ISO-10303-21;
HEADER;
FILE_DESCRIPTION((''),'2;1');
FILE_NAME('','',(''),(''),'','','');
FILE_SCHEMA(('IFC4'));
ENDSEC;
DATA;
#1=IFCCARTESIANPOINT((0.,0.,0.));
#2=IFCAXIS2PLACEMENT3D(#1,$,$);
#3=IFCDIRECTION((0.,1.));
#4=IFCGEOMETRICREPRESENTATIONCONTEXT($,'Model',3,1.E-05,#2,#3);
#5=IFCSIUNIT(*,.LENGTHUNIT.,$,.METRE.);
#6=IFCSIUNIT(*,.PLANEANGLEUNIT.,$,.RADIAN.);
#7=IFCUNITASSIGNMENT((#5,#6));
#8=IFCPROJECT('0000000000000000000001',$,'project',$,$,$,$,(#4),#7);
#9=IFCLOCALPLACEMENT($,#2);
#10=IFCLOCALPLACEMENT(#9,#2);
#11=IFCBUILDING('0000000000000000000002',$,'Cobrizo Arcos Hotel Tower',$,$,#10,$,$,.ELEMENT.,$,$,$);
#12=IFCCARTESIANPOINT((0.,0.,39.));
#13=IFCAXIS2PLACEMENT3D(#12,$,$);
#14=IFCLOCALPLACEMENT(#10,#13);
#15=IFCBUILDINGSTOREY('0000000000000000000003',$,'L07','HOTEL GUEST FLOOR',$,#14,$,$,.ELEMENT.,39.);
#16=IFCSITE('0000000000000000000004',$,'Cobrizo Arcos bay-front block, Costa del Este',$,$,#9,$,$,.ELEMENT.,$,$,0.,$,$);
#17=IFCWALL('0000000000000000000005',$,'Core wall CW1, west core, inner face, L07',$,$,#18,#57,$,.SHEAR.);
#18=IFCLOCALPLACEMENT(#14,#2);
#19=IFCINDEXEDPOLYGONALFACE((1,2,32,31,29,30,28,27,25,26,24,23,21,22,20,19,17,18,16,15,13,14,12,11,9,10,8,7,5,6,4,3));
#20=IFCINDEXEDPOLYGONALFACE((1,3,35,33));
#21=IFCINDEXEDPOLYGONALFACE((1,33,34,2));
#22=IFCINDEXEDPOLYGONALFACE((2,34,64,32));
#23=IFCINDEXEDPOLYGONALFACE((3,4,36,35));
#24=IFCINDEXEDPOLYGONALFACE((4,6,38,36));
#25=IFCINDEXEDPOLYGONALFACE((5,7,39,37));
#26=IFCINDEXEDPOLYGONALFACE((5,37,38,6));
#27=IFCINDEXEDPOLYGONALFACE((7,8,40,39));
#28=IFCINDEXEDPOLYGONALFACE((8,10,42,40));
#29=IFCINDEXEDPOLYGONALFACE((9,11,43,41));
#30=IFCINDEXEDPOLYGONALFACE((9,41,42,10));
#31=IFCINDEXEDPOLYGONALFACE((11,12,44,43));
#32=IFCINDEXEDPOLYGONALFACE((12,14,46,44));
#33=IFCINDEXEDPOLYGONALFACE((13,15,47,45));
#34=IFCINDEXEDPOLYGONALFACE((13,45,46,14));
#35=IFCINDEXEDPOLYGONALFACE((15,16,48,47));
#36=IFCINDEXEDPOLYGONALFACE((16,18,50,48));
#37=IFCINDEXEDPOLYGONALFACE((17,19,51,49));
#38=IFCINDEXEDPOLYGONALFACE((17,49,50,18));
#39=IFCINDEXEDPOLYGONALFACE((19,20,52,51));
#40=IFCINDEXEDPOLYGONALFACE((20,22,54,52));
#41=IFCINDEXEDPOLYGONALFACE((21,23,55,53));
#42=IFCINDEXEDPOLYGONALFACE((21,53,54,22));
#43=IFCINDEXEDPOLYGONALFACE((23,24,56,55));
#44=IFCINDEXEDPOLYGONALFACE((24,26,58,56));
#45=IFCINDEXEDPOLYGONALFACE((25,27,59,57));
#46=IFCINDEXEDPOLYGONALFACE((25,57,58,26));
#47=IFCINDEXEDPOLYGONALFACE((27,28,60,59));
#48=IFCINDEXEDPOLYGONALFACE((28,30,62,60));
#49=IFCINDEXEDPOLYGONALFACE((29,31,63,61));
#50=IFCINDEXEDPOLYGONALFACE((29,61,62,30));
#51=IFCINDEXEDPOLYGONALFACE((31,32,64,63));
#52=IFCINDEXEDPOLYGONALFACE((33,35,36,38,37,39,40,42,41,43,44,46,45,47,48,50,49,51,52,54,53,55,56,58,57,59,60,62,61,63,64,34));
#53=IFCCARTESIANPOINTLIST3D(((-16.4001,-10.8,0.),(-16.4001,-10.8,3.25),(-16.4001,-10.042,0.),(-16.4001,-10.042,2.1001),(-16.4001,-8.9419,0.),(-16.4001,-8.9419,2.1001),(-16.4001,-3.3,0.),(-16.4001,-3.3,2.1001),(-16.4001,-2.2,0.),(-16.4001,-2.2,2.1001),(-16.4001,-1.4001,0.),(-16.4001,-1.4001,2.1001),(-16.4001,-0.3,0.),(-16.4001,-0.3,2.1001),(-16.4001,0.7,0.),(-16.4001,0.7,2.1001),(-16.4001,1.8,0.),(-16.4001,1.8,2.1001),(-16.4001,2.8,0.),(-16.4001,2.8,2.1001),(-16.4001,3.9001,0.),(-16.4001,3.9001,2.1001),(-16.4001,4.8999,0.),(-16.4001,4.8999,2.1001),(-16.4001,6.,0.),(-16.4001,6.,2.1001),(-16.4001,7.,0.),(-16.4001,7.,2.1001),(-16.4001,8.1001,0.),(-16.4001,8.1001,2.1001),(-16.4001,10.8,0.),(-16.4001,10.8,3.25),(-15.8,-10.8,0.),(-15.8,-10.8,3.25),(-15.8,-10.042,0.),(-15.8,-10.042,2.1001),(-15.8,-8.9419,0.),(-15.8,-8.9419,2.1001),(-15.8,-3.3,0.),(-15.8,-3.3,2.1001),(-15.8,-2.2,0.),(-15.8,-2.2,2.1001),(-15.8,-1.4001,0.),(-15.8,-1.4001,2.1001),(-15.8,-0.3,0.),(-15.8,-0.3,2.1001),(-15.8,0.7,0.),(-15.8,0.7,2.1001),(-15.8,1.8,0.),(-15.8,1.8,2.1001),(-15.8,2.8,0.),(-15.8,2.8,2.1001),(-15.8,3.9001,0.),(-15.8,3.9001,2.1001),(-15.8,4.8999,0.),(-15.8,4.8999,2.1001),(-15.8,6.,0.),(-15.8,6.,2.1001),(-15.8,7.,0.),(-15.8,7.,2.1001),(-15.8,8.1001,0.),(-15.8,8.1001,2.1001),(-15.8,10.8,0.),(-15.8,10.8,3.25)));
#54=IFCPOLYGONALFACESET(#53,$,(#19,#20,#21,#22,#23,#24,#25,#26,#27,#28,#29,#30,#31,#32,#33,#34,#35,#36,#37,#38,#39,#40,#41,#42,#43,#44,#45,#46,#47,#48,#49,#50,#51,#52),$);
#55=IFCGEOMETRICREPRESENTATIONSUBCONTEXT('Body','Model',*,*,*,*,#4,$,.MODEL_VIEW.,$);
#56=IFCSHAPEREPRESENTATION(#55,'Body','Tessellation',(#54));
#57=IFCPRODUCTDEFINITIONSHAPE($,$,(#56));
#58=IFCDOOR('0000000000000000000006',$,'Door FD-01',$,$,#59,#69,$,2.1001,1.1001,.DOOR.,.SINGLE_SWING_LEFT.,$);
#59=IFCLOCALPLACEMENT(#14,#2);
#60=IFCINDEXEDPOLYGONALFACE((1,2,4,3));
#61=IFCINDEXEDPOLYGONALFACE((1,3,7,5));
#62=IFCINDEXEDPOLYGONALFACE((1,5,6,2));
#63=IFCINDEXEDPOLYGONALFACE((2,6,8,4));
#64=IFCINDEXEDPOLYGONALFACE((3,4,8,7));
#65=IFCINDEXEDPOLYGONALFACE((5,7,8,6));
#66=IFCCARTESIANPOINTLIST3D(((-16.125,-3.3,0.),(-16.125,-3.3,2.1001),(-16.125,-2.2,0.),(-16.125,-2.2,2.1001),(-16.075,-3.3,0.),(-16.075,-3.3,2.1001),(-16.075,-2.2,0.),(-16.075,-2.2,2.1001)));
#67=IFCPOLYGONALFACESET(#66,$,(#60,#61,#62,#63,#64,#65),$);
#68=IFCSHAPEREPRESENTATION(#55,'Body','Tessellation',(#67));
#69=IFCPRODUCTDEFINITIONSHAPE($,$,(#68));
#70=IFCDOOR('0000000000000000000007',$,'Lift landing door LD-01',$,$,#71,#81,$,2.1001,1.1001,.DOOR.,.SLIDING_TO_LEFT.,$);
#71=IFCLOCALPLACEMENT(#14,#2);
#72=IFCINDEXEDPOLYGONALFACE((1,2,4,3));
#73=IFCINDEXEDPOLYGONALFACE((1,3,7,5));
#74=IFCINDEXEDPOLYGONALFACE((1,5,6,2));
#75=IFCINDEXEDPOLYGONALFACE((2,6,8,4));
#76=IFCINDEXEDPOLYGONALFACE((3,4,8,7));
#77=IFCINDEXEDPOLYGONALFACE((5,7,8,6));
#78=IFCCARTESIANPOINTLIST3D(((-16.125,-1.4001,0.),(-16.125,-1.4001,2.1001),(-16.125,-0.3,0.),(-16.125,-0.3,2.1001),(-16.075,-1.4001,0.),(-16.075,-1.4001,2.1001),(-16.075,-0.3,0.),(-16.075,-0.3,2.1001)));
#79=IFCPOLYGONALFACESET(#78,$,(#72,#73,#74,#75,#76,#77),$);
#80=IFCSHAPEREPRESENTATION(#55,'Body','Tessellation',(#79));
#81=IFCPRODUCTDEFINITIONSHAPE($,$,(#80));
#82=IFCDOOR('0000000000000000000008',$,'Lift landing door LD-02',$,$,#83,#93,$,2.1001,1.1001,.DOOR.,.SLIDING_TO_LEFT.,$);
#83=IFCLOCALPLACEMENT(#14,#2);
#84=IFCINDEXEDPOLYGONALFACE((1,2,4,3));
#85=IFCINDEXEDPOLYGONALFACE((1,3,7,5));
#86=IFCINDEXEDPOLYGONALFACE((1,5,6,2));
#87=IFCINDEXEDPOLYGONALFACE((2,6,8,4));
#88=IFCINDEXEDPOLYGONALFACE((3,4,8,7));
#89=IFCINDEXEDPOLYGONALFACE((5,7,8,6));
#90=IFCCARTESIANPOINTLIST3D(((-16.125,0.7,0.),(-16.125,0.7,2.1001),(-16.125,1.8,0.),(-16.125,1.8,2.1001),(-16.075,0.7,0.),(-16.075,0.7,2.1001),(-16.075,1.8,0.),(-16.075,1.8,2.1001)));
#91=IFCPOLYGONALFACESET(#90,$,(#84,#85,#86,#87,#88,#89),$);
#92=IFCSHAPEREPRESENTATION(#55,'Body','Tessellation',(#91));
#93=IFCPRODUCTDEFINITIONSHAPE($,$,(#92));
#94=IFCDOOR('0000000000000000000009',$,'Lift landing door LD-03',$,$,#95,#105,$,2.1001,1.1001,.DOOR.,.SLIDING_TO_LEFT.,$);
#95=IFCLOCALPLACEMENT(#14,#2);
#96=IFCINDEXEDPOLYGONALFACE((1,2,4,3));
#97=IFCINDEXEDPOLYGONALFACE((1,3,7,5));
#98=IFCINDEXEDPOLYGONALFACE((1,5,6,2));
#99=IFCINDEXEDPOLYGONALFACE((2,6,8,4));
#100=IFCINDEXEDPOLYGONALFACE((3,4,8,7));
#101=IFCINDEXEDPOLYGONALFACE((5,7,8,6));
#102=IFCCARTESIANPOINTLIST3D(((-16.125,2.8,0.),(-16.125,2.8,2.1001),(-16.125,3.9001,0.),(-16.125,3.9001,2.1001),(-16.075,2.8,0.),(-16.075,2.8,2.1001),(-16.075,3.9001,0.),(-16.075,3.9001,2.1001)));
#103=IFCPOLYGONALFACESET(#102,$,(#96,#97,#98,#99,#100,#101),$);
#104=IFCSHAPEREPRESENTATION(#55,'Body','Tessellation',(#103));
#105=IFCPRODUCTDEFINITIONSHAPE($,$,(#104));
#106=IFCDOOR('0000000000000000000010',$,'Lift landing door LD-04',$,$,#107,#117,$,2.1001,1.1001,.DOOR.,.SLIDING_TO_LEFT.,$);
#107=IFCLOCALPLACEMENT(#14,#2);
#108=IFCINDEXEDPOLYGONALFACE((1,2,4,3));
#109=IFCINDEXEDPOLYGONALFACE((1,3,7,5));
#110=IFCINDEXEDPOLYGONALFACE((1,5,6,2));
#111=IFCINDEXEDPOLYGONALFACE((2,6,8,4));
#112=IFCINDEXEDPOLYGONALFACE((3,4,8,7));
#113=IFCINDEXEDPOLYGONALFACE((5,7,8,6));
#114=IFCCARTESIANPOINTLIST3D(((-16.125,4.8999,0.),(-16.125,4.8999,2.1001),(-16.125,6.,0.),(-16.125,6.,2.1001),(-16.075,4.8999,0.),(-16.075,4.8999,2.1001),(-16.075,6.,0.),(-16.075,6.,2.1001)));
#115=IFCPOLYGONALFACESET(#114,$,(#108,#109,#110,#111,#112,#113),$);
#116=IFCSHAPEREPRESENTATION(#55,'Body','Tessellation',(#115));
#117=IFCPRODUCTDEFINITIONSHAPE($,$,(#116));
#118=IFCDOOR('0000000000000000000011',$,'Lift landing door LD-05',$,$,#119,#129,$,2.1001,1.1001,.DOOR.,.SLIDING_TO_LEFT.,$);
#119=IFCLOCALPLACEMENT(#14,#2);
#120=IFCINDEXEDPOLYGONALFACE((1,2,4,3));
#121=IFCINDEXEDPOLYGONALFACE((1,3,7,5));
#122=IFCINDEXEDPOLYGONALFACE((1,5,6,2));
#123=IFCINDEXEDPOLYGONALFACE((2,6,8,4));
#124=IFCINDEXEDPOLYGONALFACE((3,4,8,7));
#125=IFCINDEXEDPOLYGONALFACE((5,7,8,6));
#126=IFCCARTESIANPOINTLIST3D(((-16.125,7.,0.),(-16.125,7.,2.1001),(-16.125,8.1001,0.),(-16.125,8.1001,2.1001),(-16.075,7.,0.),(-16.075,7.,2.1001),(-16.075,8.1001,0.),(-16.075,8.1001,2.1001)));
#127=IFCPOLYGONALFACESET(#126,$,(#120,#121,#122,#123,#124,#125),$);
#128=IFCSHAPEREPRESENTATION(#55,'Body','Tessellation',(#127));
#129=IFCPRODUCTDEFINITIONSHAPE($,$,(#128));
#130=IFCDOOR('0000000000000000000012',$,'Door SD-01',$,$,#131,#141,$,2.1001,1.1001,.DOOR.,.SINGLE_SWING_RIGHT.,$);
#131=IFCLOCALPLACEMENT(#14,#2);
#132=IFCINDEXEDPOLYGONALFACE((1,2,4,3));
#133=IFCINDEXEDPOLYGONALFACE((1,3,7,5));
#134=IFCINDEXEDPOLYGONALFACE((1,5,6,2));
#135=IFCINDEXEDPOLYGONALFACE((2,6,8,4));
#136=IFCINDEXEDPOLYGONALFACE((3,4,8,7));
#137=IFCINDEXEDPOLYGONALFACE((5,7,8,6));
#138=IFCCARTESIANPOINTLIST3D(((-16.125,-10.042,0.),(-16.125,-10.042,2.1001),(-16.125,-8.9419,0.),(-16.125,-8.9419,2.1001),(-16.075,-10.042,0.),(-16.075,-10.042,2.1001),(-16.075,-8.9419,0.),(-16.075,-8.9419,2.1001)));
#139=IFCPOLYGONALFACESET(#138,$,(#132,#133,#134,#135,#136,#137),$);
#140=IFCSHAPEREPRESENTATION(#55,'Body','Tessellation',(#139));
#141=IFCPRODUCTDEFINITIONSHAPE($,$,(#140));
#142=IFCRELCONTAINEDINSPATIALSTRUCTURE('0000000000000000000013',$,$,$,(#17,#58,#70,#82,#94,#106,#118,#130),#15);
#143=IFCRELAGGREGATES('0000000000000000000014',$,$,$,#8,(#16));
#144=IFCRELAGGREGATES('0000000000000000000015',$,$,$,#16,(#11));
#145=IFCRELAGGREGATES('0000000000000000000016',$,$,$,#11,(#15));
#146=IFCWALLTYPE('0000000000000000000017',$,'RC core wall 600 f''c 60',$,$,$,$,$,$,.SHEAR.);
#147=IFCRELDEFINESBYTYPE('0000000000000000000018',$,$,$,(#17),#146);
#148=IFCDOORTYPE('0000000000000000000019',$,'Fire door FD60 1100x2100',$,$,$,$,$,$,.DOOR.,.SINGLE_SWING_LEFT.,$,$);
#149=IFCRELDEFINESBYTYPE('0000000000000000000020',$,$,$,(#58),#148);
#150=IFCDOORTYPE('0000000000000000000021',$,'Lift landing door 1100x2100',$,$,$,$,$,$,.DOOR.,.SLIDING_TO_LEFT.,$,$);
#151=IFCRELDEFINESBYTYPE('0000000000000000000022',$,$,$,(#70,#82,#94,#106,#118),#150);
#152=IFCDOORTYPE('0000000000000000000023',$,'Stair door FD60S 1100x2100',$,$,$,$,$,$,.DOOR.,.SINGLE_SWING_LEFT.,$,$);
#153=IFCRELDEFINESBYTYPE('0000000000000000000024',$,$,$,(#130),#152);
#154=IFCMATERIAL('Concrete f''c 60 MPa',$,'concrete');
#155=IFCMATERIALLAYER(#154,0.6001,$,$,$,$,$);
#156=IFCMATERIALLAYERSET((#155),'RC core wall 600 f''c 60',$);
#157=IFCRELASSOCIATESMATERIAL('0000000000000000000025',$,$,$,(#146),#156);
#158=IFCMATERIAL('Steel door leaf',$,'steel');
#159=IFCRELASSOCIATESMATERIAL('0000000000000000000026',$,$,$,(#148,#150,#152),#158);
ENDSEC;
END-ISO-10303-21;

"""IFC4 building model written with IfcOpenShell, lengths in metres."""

from ifc_helpers import new_model, si_unit, direction, frame, frame_2d, origin, place, context, subcontext, project, spatial, rectangle, extrude, material, layer, layer_set, type_object, element, fill, save


model = new_model("IFC4")

# Units and contexts
model_context = context("Model", 3, precision=1e-05, world=origin(), true_north=direction((0.0, 1.0)))
body_context = subcontext(model_context, "Body", "Model", "MODEL_VIEW")
ifc_project = project(units=[si_unit("LENGTHUNIT", "METRE"), si_unit("PLANEANGLEUNIT", "RADIAN")], contexts=[model_context])

# Site, building, storey
site_placement = place(None, origin())
site = spatial("IfcSite", under=ifc_project, at=site_placement, Name="Cobrizo Arcos bay-front block, Costa del Este", CompositionType="ELEMENT", RefElevation=0.0)
building_placement = place(site_placement, origin())
building = spatial("IfcBuilding", under=site, at=building_placement, Name="Cobrizo Arcos Hotel Tower", CompositionType="ELEMENT")
storey_placement = place(building_placement, frame((0.0, 0.0, 39.0)))
storey = spatial("IfcBuildingStorey", under=building, at=storey_placement, Name="L07", Description="HOTEL GUEST FLOOR", CompositionType="ELEMENT", Elevation=39.0)

# Wall, openings, doors
ifc_material_1 = material(Name="Concrete f'c 60 MPa", Category="concrete")
ifc_layer_1 = layer(ifc_material_1, 0.6001)
ifc_layer_set_1 = layer_set([ifc_layer_1], Name="RC core wall 600 f'c 60")
wall_type_1 = type_object("IfcWallType", Name="RC core wall 600 f'c 60", PredefinedType="SHEAR", material=ifc_layer_set_1)
wall_1_placement = place(storey_placement, frame((-16.1001, -10.8, 0.0), z_axis=(0.0, 0.0, 1.0), x_axis=(0.0, 1.0, 0.0)))
wall_1 = element("IfcWall", 1, at=wall_1_placement, inside=storey, type_object=wall_type_1, Name="Core wall CW1, west core, inner face, L07", PredefinedType="SHEAR", context=body_context, shape_type="SweptSolid", body=[
    extrude(rectangle(XDim=21.6001, YDim=0.6001, at=frame_2d((10.8, 0.0))), origin(), (0.0, 0.0, 1.0), 3.25),
])
opening_1_placement = place(wall_1_placement, frame((9.3999, 0.0, 0.0)))
opening_1 = element("IfcOpeningElement", 2, at=opening_1_placement, cuts=wall_1, PredefinedType="OPENING", context=body_context, shape_type="SweptSolid", body=[
    extrude(rectangle(XDim=1.1001, YDim=2.1001, at=frame_2d((0.55, 1.05))), frame((0.0, 0.312, 0.0), z_axis=(0.0, -1.0, 0.0), x_axis=(1.0, 0.0, 0.0)), (0.0, 0.0, 1.0), 0.624),
])
opening_2_placement = place(wall_1_placement, frame((11.5, 0.0, 0.0)))
opening_2 = element("IfcOpeningElement", 3, at=opening_2_placement, cuts=wall_1, PredefinedType="OPENING", context=body_context, shape_type="SweptSolid", body=[
    extrude(rectangle(XDim=1.1001, YDim=2.1001, at=frame_2d((0.55, 1.05))), frame((0.0, 0.312, 0.0), z_axis=(0.0, -1.0, 0.0), x_axis=(1.0, 0.0, 0.0)), (0.0, 0.0, 1.0), 0.624),
])
opening_3_placement = place(wall_1_placement, frame((13.6001, 0.0, 0.0)))
opening_3 = element("IfcOpeningElement", 4, at=opening_3_placement, cuts=wall_1, PredefinedType="OPENING", context=body_context, shape_type="SweptSolid", body=[
    extrude(rectangle(XDim=1.1001, YDim=2.1001, at=frame_2d((0.55, 1.05))), frame((0.0, 0.312, 0.0), z_axis=(0.0, -1.0, 0.0), x_axis=(1.0, 0.0, 0.0)), (0.0, 0.0, 1.0), 0.624),
])
opening_4_placement = place(wall_1_placement, frame((15.7, 0.0, 0.0)))
opening_4 = element("IfcOpeningElement", 5, at=opening_4_placement, cuts=wall_1, PredefinedType="OPENING", context=body_context, shape_type="SweptSolid", body=[
    extrude(rectangle(XDim=1.1001, YDim=2.1001, at=frame_2d((0.55, 1.05))), frame((0.0, 0.312, 0.0), z_axis=(0.0, -1.0, 0.0), x_axis=(1.0, 0.0, 0.0)), (0.0, 0.0, 1.0), 0.624),
])
opening_5_placement = place(wall_1_placement, frame((17.8, 0.0, 0.0)))
opening_5 = element("IfcOpeningElement", 6, at=opening_5_placement, cuts=wall_1, PredefinedType="OPENING", context=body_context, shape_type="SweptSolid", body=[
    extrude(rectangle(XDim=1.1001, YDim=2.1001, at=frame_2d((0.55, 1.05))), frame((0.0, 0.312, 0.0), z_axis=(0.0, -1.0, 0.0), x_axis=(1.0, 0.0, 0.0)), (0.0, 0.0, 1.0), 0.624),
])
opening_6_placement = place(wall_1_placement, frame((0.7581, 0.0, 0.0)))
opening_6 = element("IfcOpeningElement", 7, at=opening_6_placement, cuts=wall_1, PredefinedType="OPENING", context=body_context, shape_type="SweptSolid", body=[
    extrude(rectangle(XDim=1.1001, YDim=2.1001, at=frame_2d((0.55, 1.05))), frame((0.0, 0.312, 0.0), z_axis=(0.0, -1.0, 0.0), x_axis=(1.0, 0.0, 0.0)), (0.0, 0.0, 1.0), 0.624),
])
opening_7_placement = place(wall_1_placement, frame((7.5, 0.0, 0.0)))
opening_7 = element("IfcOpeningElement", 8, at=opening_7_placement, cuts=wall_1, PredefinedType="OPENING", context=body_context, shape_type="SweptSolid", body=[
    extrude(rectangle(XDim=1.1001, YDim=2.1001, at=frame_2d((0.55, 1.05))), frame((0.0, 0.312, 0.0), z_axis=(0.0, -1.0, 0.0), x_axis=(1.0, 0.0, 0.0)), (0.0, 0.0, 1.0), 0.624),
])
ifc_material_2 = material(Name="Steel door leaf", Category="steel")
door_type_1 = type_object("IfcDoorType", Name="Fire door FD60 1100x2100", OperationType="SINGLE_SWING_LEFT", PredefinedType="DOOR", material=ifc_material_2)
door_1_placement = place(opening_7_placement, origin())
door_1 = element("IfcDoor", 9, at=door_1_placement, inside=storey, type_object=door_type_1, Name="Door FD-01", OperationType="SINGLE_SWING_LEFT", OverallHeight=2.1001, OverallWidth=1.1001, PredefinedType="DOOR", context=body_context, shape_type="SweptSolid", body=[
    extrude(rectangle(XDim=1.1001, YDim=2.1001, at=frame_2d((0.55, 1.05))), frame((0.0, 0.0249, 0.0), z_axis=(0.0, -1.0, 0.0), x_axis=(1.0, 0.0, 0.0)), (0.0, 0.0, 1.0), 0.05),
])
fill(opening_7, door_1)
door_type_2 = type_object("IfcDoorType", Name="Lift landing door 1100x2100", OperationType="SLIDING_TO_LEFT", PredefinedType="DOOR", material=ifc_material_2)
door_2_placement = place(opening_1_placement, origin())
door_2 = element("IfcDoor", 10, at=door_2_placement, inside=storey, type_object=door_type_2, Name="Lift landing door LD-01", OperationType="SLIDING_TO_LEFT", OverallHeight=2.1001, OverallWidth=1.1001, PredefinedType="DOOR", context=body_context, shape_type="SweptSolid", body=[
    extrude(rectangle(XDim=1.1001, YDim=2.1001, at=frame_2d((0.55, 1.05))), frame((0.0, 0.0249, 0.0), z_axis=(0.0, -1.0, 0.0), x_axis=(1.0, 0.0, 0.0)), (0.0, 0.0, 1.0), 0.05),
])
fill(opening_1, door_2)
door_3_placement = place(opening_2_placement, origin())
door_3 = element("IfcDoor", 11, at=door_3_placement, inside=storey, type_object=door_type_2, Name="Lift landing door LD-02", OperationType="SLIDING_TO_LEFT", OverallHeight=2.1001, OverallWidth=1.1001, PredefinedType="DOOR", context=body_context, shape_type="SweptSolid", body=[
    extrude(rectangle(XDim=1.1001, YDim=2.1001, at=frame_2d((0.55, 1.05))), frame((0.0, 0.0249, 0.0), z_axis=(0.0, -1.0, 0.0), x_axis=(1.0, 0.0, 0.0)), (0.0, 0.0, 1.0), 0.05),
])
fill(opening_2, door_3)
door_4_placement = place(opening_3_placement, origin())
door_4 = element("IfcDoor", 12, at=door_4_placement, inside=storey, type_object=door_type_2, Name="Lift landing door LD-03", OperationType="SLIDING_TO_LEFT", OverallHeight=2.1001, OverallWidth=1.1001, PredefinedType="DOOR", context=body_context, shape_type="SweptSolid", body=[
    extrude(rectangle(XDim=1.1001, YDim=2.1001, at=frame_2d((0.55, 1.05))), frame((0.0, 0.0249, 0.0), z_axis=(0.0, -1.0, 0.0), x_axis=(1.0, 0.0, 0.0)), (0.0, 0.0, 1.0), 0.05),
])
fill(opening_3, door_4)
door_5_placement = place(opening_4_placement, origin())
door_5 = element("IfcDoor", 13, at=door_5_placement, inside=storey, type_object=door_type_2, Name="Lift landing door LD-04", OperationType="SLIDING_TO_LEFT", OverallHeight=2.1001, OverallWidth=1.1001, PredefinedType="DOOR", context=body_context, shape_type="SweptSolid", body=[
    extrude(rectangle(XDim=1.1001, YDim=2.1001, at=frame_2d((0.55, 1.05))), frame((0.0, 0.0249, 0.0), z_axis=(0.0, -1.0, 0.0), x_axis=(1.0, 0.0, 0.0)), (0.0, 0.0, 1.0), 0.05),
])
fill(opening_4, door_5)
door_6_placement = place(opening_5_placement, origin())
door_6 = element("IfcDoor", 14, at=door_6_placement, inside=storey, type_object=door_type_2, Name="Lift landing door LD-05", OperationType="SLIDING_TO_LEFT", OverallHeight=2.1001, OverallWidth=1.1001, PredefinedType="DOOR", context=body_context, shape_type="SweptSolid", body=[
    extrude(rectangle(XDim=1.1001, YDim=2.1001, at=frame_2d((0.55, 1.05))), frame((0.0, 0.0249, 0.0), z_axis=(0.0, -1.0, 0.0), x_axis=(1.0, 0.0, 0.0)), (0.0, 0.0, 1.0), 0.05),
])
fill(opening_5, door_6)
door_type_3 = type_object("IfcDoorType", Name="Stair door FD60S 1100x2100", OperationType="SINGLE_SWING_LEFT", PredefinedType="DOOR", material=ifc_material_2)
door_7_placement = place(opening_6_placement, origin())
door_7 = element("IfcDoor", 15, at=door_7_placement, inside=storey, type_object=door_type_3, Name="Door SD-01", OperationType="SINGLE_SWING_RIGHT", OverallHeight=2.1001, OverallWidth=1.1001, PredefinedType="DOOR", context=body_context, shape_type="SweptSolid", body=[
    extrude(rectangle(XDim=1.1001, YDim=2.1001, at=frame_2d((0.55, 1.05))), frame((0.0, 0.0249, 0.0), z_axis=(0.0, -1.0, 0.0), x_axis=(1.0, 0.0, 0.0)), (0.0, 0.0, 1.0), 0.05),
])
fill(opening_6, door_7)

save(model, "model.ifc")
